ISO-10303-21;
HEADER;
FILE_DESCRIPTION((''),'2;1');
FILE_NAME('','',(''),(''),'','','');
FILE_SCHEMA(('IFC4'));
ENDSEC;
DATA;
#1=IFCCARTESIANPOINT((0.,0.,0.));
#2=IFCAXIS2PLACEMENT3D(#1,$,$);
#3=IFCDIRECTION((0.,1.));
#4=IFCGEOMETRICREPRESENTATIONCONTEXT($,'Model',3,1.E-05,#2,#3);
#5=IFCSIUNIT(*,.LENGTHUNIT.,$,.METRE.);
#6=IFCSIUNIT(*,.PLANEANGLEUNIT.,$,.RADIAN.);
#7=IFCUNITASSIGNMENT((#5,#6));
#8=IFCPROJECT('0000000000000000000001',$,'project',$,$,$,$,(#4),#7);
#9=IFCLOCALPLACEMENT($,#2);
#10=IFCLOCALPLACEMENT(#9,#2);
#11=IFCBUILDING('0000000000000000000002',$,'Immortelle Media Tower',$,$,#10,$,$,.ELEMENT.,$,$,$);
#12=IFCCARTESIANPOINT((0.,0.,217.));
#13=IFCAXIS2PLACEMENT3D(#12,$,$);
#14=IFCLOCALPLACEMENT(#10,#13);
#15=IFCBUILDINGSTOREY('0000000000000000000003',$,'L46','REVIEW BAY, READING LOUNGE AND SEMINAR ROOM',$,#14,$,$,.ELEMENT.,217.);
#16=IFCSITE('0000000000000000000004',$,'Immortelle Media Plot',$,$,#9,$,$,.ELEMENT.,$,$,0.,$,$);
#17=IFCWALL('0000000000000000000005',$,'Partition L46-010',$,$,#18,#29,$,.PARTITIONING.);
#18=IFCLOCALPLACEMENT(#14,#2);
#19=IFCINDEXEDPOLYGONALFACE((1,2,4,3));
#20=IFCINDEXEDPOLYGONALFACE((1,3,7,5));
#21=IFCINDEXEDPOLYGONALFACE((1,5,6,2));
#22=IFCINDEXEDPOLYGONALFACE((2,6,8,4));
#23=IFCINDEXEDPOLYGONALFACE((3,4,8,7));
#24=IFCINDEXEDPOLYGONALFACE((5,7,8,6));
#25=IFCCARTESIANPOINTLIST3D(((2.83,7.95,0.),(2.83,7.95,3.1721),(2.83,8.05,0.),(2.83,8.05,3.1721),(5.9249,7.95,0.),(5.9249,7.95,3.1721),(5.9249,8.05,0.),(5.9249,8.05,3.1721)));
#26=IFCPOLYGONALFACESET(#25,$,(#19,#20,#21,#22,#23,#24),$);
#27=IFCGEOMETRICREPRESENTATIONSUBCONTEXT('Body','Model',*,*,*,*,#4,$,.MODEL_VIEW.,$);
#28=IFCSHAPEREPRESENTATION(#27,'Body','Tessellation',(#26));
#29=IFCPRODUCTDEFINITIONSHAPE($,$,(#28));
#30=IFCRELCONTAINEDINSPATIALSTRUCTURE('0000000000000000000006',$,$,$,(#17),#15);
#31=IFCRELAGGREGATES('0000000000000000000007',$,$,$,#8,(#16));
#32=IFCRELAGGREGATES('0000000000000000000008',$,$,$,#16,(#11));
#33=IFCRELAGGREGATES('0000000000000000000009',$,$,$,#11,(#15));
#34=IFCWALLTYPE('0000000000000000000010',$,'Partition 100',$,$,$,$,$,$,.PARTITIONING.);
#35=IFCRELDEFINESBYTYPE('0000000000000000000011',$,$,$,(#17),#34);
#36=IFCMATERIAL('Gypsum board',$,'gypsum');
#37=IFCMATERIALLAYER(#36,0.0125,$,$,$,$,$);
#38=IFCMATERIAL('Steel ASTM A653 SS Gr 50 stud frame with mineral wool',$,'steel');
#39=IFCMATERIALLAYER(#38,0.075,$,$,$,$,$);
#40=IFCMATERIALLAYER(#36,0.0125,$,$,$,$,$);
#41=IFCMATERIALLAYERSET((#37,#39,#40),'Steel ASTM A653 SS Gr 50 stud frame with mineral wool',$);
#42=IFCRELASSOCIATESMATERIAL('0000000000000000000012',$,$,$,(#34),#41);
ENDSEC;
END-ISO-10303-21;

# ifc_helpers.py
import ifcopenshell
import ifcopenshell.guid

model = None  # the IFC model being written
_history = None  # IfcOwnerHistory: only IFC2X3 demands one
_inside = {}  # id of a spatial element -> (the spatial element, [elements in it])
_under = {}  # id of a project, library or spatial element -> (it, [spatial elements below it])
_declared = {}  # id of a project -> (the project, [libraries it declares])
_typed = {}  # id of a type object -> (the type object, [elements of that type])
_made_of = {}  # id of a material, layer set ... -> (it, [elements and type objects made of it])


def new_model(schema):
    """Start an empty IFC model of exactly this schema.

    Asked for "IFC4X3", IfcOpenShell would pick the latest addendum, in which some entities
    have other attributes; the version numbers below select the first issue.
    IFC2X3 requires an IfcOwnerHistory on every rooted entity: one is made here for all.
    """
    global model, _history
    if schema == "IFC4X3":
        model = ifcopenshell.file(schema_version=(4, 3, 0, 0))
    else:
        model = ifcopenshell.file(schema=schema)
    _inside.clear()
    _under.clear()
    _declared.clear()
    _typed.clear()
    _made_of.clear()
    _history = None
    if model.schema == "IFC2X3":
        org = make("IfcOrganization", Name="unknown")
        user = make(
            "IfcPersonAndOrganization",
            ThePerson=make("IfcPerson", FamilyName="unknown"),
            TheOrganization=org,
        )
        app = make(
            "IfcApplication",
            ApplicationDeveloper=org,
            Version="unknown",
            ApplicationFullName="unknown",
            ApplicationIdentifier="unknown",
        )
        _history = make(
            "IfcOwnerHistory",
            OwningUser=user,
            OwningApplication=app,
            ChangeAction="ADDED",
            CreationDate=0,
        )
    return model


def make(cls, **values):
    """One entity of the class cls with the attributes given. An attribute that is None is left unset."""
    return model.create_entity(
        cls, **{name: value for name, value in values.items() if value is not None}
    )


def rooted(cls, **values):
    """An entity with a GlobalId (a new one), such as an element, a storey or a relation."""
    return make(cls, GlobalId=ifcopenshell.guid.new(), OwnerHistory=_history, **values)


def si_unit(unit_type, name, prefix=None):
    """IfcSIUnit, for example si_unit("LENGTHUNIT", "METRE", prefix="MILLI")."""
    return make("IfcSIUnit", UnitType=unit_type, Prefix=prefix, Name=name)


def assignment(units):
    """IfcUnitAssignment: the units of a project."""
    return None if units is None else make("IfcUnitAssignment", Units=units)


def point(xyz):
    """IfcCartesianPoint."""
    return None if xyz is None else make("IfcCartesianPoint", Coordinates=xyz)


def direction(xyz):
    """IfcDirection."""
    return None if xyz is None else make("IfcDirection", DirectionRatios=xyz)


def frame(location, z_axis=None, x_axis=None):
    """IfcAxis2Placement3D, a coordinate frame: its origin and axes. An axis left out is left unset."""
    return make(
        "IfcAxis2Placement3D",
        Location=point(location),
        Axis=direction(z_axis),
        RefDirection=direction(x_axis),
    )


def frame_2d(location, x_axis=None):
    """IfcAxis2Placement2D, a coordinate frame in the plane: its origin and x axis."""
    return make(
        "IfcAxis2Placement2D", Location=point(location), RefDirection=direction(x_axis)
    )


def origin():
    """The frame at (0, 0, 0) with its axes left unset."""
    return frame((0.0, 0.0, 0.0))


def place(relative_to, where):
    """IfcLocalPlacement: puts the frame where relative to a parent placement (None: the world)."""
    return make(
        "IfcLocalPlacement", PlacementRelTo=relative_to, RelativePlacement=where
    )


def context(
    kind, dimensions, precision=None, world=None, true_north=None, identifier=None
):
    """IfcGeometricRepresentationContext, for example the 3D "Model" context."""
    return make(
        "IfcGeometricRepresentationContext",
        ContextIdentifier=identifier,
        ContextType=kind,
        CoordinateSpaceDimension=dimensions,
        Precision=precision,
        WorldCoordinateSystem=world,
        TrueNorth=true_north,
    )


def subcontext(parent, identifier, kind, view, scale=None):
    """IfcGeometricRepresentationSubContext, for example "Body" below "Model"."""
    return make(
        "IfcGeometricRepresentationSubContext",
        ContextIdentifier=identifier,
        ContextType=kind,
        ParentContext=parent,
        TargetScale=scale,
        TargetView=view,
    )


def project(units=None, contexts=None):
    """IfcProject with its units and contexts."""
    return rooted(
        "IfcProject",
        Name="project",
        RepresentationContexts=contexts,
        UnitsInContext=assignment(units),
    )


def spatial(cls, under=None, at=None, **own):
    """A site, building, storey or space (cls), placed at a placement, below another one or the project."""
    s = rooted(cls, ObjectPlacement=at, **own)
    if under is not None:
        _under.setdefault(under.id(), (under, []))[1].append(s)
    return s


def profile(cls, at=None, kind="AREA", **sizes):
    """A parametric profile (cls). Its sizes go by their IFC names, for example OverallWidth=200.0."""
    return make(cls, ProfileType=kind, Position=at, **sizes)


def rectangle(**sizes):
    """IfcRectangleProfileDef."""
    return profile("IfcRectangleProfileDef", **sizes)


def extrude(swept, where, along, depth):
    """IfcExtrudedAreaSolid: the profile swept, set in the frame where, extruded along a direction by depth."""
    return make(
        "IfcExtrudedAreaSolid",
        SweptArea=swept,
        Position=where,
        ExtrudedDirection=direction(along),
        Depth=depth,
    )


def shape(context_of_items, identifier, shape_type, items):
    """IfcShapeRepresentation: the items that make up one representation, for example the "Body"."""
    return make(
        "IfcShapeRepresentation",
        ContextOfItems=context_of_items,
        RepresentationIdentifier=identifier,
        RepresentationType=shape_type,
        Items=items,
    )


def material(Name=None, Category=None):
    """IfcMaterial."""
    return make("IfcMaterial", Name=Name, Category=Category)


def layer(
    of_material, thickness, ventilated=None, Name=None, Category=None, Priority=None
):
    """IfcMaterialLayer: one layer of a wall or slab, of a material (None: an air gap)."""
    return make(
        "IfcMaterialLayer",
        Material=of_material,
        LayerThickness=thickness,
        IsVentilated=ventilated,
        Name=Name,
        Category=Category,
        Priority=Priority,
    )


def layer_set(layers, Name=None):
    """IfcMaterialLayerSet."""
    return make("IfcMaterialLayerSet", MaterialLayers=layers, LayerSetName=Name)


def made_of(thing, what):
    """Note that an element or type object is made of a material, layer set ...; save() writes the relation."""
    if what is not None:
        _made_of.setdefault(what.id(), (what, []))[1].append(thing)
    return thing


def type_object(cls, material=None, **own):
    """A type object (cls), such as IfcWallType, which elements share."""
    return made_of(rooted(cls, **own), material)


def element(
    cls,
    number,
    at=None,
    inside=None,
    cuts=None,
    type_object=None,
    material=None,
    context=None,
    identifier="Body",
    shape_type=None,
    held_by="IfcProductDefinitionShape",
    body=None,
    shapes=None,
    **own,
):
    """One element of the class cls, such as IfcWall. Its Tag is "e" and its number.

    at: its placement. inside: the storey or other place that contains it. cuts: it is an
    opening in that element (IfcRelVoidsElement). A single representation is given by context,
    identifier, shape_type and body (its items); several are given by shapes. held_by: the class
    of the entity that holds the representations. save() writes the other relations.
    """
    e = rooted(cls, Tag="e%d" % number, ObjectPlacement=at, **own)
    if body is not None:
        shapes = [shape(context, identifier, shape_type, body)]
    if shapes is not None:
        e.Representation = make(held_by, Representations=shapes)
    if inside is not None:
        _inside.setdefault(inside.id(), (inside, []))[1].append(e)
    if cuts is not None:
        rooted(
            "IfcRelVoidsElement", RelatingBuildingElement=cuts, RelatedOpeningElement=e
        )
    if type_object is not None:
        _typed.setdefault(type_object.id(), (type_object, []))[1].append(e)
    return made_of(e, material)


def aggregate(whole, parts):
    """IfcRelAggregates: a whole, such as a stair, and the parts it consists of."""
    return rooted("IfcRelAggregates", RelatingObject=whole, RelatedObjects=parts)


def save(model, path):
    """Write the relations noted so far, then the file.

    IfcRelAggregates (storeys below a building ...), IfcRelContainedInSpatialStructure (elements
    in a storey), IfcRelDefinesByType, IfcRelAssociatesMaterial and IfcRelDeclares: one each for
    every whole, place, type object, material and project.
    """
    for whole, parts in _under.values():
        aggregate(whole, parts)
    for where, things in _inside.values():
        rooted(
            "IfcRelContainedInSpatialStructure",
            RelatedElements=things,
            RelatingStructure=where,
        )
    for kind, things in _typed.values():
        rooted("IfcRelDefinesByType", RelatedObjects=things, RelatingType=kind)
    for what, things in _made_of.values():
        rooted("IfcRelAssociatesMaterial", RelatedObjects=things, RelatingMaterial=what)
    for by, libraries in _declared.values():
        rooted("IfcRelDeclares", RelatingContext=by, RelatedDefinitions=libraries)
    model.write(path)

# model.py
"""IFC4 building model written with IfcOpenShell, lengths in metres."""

from ifc_helpers import new_model, si_unit, direction, frame, frame_2d, origin, place, context, subcontext, project, spatial, rectangle, extrude, material, layer, layer_set, type_object, element, save


model = new_model("IFC4")

# Units and contexts
model_context = context("Model", 3, precision=1e-05, world=origin(), true_north=direction((0.0, 1.0)))
body_context = subcontext(model_context, "Body", "Model", "MODEL_VIEW")
ifc_project = project(units=[si_unit("LENGTHUNIT", "METRE"), si_unit("PLANEANGLEUNIT", "RADIAN")], contexts=[model_context])

# Site, building, storey
site_placement = place(None, origin())
site = spatial("IfcSite", under=ifc_project, at=site_placement, Name="Immortelle Media Plot", CompositionType="ELEMENT", RefElevation=0.0)
building_placement = place(site_placement, origin())
building = spatial("IfcBuilding", under=site, at=building_placement, Name="Immortelle Media Tower", CompositionType="ELEMENT")
storey_placement = place(building_placement, frame((0.0, 0.0, 217.0)))
storey = spatial("IfcBuildingStorey", under=building, at=storey_placement, Name="L46", Description="REVIEW BAY, READING LOUNGE AND SEMINAR ROOM", CompositionType="ELEMENT", Elevation=217.0)

# Shared definitions
ifc_material_1 = material(Name="Steel ASTM A653 SS Gr 50 stud frame with mineral wool", Category="steel")

# Wall
ifc_material_2 = material(Name="Gypsum board", Category="gypsum")
ifc_layer_1 = layer(ifc_material_2, 0.0125)
ifc_layer_2 = layer(ifc_material_1, 0.075)
ifc_layer_3 = layer(ifc_material_2, 0.0125)
ifc_layer_set_1 = layer_set([ifc_layer_1, ifc_layer_2, ifc_layer_3], Name="Steel ASTM A653 SS Gr 50 stud frame with mineral wool")
wall_type_1 = type_object("IfcWallType", Name="Partition 100", PredefinedType="PARTITIONING", material=ifc_layer_set_1)
for number, where, z_axis, x_axis, name in (
    (1, (2.8301, 8.0, 0.0), (0.0, 0.0, 1.0), (1.0, 0.0, 0.0), "Partition L46-010"),
):
    element("IfcWall", number, at=place(storey_placement, frame(where, z_axis=z_axis, x_axis=x_axis)), inside=storey, type_object=wall_type_1, Name=name, PredefinedType="PARTITIONING", context=body_context, shape_type="SweptSolid", body=[
        extrude(rectangle(XDim=3.095, YDim=0.1001, at=frame_2d((1.5474, 0.0))), origin(), (0.0, 0.0, 1.0), 3.1721),
    ])

save(model, "model.ifc")
